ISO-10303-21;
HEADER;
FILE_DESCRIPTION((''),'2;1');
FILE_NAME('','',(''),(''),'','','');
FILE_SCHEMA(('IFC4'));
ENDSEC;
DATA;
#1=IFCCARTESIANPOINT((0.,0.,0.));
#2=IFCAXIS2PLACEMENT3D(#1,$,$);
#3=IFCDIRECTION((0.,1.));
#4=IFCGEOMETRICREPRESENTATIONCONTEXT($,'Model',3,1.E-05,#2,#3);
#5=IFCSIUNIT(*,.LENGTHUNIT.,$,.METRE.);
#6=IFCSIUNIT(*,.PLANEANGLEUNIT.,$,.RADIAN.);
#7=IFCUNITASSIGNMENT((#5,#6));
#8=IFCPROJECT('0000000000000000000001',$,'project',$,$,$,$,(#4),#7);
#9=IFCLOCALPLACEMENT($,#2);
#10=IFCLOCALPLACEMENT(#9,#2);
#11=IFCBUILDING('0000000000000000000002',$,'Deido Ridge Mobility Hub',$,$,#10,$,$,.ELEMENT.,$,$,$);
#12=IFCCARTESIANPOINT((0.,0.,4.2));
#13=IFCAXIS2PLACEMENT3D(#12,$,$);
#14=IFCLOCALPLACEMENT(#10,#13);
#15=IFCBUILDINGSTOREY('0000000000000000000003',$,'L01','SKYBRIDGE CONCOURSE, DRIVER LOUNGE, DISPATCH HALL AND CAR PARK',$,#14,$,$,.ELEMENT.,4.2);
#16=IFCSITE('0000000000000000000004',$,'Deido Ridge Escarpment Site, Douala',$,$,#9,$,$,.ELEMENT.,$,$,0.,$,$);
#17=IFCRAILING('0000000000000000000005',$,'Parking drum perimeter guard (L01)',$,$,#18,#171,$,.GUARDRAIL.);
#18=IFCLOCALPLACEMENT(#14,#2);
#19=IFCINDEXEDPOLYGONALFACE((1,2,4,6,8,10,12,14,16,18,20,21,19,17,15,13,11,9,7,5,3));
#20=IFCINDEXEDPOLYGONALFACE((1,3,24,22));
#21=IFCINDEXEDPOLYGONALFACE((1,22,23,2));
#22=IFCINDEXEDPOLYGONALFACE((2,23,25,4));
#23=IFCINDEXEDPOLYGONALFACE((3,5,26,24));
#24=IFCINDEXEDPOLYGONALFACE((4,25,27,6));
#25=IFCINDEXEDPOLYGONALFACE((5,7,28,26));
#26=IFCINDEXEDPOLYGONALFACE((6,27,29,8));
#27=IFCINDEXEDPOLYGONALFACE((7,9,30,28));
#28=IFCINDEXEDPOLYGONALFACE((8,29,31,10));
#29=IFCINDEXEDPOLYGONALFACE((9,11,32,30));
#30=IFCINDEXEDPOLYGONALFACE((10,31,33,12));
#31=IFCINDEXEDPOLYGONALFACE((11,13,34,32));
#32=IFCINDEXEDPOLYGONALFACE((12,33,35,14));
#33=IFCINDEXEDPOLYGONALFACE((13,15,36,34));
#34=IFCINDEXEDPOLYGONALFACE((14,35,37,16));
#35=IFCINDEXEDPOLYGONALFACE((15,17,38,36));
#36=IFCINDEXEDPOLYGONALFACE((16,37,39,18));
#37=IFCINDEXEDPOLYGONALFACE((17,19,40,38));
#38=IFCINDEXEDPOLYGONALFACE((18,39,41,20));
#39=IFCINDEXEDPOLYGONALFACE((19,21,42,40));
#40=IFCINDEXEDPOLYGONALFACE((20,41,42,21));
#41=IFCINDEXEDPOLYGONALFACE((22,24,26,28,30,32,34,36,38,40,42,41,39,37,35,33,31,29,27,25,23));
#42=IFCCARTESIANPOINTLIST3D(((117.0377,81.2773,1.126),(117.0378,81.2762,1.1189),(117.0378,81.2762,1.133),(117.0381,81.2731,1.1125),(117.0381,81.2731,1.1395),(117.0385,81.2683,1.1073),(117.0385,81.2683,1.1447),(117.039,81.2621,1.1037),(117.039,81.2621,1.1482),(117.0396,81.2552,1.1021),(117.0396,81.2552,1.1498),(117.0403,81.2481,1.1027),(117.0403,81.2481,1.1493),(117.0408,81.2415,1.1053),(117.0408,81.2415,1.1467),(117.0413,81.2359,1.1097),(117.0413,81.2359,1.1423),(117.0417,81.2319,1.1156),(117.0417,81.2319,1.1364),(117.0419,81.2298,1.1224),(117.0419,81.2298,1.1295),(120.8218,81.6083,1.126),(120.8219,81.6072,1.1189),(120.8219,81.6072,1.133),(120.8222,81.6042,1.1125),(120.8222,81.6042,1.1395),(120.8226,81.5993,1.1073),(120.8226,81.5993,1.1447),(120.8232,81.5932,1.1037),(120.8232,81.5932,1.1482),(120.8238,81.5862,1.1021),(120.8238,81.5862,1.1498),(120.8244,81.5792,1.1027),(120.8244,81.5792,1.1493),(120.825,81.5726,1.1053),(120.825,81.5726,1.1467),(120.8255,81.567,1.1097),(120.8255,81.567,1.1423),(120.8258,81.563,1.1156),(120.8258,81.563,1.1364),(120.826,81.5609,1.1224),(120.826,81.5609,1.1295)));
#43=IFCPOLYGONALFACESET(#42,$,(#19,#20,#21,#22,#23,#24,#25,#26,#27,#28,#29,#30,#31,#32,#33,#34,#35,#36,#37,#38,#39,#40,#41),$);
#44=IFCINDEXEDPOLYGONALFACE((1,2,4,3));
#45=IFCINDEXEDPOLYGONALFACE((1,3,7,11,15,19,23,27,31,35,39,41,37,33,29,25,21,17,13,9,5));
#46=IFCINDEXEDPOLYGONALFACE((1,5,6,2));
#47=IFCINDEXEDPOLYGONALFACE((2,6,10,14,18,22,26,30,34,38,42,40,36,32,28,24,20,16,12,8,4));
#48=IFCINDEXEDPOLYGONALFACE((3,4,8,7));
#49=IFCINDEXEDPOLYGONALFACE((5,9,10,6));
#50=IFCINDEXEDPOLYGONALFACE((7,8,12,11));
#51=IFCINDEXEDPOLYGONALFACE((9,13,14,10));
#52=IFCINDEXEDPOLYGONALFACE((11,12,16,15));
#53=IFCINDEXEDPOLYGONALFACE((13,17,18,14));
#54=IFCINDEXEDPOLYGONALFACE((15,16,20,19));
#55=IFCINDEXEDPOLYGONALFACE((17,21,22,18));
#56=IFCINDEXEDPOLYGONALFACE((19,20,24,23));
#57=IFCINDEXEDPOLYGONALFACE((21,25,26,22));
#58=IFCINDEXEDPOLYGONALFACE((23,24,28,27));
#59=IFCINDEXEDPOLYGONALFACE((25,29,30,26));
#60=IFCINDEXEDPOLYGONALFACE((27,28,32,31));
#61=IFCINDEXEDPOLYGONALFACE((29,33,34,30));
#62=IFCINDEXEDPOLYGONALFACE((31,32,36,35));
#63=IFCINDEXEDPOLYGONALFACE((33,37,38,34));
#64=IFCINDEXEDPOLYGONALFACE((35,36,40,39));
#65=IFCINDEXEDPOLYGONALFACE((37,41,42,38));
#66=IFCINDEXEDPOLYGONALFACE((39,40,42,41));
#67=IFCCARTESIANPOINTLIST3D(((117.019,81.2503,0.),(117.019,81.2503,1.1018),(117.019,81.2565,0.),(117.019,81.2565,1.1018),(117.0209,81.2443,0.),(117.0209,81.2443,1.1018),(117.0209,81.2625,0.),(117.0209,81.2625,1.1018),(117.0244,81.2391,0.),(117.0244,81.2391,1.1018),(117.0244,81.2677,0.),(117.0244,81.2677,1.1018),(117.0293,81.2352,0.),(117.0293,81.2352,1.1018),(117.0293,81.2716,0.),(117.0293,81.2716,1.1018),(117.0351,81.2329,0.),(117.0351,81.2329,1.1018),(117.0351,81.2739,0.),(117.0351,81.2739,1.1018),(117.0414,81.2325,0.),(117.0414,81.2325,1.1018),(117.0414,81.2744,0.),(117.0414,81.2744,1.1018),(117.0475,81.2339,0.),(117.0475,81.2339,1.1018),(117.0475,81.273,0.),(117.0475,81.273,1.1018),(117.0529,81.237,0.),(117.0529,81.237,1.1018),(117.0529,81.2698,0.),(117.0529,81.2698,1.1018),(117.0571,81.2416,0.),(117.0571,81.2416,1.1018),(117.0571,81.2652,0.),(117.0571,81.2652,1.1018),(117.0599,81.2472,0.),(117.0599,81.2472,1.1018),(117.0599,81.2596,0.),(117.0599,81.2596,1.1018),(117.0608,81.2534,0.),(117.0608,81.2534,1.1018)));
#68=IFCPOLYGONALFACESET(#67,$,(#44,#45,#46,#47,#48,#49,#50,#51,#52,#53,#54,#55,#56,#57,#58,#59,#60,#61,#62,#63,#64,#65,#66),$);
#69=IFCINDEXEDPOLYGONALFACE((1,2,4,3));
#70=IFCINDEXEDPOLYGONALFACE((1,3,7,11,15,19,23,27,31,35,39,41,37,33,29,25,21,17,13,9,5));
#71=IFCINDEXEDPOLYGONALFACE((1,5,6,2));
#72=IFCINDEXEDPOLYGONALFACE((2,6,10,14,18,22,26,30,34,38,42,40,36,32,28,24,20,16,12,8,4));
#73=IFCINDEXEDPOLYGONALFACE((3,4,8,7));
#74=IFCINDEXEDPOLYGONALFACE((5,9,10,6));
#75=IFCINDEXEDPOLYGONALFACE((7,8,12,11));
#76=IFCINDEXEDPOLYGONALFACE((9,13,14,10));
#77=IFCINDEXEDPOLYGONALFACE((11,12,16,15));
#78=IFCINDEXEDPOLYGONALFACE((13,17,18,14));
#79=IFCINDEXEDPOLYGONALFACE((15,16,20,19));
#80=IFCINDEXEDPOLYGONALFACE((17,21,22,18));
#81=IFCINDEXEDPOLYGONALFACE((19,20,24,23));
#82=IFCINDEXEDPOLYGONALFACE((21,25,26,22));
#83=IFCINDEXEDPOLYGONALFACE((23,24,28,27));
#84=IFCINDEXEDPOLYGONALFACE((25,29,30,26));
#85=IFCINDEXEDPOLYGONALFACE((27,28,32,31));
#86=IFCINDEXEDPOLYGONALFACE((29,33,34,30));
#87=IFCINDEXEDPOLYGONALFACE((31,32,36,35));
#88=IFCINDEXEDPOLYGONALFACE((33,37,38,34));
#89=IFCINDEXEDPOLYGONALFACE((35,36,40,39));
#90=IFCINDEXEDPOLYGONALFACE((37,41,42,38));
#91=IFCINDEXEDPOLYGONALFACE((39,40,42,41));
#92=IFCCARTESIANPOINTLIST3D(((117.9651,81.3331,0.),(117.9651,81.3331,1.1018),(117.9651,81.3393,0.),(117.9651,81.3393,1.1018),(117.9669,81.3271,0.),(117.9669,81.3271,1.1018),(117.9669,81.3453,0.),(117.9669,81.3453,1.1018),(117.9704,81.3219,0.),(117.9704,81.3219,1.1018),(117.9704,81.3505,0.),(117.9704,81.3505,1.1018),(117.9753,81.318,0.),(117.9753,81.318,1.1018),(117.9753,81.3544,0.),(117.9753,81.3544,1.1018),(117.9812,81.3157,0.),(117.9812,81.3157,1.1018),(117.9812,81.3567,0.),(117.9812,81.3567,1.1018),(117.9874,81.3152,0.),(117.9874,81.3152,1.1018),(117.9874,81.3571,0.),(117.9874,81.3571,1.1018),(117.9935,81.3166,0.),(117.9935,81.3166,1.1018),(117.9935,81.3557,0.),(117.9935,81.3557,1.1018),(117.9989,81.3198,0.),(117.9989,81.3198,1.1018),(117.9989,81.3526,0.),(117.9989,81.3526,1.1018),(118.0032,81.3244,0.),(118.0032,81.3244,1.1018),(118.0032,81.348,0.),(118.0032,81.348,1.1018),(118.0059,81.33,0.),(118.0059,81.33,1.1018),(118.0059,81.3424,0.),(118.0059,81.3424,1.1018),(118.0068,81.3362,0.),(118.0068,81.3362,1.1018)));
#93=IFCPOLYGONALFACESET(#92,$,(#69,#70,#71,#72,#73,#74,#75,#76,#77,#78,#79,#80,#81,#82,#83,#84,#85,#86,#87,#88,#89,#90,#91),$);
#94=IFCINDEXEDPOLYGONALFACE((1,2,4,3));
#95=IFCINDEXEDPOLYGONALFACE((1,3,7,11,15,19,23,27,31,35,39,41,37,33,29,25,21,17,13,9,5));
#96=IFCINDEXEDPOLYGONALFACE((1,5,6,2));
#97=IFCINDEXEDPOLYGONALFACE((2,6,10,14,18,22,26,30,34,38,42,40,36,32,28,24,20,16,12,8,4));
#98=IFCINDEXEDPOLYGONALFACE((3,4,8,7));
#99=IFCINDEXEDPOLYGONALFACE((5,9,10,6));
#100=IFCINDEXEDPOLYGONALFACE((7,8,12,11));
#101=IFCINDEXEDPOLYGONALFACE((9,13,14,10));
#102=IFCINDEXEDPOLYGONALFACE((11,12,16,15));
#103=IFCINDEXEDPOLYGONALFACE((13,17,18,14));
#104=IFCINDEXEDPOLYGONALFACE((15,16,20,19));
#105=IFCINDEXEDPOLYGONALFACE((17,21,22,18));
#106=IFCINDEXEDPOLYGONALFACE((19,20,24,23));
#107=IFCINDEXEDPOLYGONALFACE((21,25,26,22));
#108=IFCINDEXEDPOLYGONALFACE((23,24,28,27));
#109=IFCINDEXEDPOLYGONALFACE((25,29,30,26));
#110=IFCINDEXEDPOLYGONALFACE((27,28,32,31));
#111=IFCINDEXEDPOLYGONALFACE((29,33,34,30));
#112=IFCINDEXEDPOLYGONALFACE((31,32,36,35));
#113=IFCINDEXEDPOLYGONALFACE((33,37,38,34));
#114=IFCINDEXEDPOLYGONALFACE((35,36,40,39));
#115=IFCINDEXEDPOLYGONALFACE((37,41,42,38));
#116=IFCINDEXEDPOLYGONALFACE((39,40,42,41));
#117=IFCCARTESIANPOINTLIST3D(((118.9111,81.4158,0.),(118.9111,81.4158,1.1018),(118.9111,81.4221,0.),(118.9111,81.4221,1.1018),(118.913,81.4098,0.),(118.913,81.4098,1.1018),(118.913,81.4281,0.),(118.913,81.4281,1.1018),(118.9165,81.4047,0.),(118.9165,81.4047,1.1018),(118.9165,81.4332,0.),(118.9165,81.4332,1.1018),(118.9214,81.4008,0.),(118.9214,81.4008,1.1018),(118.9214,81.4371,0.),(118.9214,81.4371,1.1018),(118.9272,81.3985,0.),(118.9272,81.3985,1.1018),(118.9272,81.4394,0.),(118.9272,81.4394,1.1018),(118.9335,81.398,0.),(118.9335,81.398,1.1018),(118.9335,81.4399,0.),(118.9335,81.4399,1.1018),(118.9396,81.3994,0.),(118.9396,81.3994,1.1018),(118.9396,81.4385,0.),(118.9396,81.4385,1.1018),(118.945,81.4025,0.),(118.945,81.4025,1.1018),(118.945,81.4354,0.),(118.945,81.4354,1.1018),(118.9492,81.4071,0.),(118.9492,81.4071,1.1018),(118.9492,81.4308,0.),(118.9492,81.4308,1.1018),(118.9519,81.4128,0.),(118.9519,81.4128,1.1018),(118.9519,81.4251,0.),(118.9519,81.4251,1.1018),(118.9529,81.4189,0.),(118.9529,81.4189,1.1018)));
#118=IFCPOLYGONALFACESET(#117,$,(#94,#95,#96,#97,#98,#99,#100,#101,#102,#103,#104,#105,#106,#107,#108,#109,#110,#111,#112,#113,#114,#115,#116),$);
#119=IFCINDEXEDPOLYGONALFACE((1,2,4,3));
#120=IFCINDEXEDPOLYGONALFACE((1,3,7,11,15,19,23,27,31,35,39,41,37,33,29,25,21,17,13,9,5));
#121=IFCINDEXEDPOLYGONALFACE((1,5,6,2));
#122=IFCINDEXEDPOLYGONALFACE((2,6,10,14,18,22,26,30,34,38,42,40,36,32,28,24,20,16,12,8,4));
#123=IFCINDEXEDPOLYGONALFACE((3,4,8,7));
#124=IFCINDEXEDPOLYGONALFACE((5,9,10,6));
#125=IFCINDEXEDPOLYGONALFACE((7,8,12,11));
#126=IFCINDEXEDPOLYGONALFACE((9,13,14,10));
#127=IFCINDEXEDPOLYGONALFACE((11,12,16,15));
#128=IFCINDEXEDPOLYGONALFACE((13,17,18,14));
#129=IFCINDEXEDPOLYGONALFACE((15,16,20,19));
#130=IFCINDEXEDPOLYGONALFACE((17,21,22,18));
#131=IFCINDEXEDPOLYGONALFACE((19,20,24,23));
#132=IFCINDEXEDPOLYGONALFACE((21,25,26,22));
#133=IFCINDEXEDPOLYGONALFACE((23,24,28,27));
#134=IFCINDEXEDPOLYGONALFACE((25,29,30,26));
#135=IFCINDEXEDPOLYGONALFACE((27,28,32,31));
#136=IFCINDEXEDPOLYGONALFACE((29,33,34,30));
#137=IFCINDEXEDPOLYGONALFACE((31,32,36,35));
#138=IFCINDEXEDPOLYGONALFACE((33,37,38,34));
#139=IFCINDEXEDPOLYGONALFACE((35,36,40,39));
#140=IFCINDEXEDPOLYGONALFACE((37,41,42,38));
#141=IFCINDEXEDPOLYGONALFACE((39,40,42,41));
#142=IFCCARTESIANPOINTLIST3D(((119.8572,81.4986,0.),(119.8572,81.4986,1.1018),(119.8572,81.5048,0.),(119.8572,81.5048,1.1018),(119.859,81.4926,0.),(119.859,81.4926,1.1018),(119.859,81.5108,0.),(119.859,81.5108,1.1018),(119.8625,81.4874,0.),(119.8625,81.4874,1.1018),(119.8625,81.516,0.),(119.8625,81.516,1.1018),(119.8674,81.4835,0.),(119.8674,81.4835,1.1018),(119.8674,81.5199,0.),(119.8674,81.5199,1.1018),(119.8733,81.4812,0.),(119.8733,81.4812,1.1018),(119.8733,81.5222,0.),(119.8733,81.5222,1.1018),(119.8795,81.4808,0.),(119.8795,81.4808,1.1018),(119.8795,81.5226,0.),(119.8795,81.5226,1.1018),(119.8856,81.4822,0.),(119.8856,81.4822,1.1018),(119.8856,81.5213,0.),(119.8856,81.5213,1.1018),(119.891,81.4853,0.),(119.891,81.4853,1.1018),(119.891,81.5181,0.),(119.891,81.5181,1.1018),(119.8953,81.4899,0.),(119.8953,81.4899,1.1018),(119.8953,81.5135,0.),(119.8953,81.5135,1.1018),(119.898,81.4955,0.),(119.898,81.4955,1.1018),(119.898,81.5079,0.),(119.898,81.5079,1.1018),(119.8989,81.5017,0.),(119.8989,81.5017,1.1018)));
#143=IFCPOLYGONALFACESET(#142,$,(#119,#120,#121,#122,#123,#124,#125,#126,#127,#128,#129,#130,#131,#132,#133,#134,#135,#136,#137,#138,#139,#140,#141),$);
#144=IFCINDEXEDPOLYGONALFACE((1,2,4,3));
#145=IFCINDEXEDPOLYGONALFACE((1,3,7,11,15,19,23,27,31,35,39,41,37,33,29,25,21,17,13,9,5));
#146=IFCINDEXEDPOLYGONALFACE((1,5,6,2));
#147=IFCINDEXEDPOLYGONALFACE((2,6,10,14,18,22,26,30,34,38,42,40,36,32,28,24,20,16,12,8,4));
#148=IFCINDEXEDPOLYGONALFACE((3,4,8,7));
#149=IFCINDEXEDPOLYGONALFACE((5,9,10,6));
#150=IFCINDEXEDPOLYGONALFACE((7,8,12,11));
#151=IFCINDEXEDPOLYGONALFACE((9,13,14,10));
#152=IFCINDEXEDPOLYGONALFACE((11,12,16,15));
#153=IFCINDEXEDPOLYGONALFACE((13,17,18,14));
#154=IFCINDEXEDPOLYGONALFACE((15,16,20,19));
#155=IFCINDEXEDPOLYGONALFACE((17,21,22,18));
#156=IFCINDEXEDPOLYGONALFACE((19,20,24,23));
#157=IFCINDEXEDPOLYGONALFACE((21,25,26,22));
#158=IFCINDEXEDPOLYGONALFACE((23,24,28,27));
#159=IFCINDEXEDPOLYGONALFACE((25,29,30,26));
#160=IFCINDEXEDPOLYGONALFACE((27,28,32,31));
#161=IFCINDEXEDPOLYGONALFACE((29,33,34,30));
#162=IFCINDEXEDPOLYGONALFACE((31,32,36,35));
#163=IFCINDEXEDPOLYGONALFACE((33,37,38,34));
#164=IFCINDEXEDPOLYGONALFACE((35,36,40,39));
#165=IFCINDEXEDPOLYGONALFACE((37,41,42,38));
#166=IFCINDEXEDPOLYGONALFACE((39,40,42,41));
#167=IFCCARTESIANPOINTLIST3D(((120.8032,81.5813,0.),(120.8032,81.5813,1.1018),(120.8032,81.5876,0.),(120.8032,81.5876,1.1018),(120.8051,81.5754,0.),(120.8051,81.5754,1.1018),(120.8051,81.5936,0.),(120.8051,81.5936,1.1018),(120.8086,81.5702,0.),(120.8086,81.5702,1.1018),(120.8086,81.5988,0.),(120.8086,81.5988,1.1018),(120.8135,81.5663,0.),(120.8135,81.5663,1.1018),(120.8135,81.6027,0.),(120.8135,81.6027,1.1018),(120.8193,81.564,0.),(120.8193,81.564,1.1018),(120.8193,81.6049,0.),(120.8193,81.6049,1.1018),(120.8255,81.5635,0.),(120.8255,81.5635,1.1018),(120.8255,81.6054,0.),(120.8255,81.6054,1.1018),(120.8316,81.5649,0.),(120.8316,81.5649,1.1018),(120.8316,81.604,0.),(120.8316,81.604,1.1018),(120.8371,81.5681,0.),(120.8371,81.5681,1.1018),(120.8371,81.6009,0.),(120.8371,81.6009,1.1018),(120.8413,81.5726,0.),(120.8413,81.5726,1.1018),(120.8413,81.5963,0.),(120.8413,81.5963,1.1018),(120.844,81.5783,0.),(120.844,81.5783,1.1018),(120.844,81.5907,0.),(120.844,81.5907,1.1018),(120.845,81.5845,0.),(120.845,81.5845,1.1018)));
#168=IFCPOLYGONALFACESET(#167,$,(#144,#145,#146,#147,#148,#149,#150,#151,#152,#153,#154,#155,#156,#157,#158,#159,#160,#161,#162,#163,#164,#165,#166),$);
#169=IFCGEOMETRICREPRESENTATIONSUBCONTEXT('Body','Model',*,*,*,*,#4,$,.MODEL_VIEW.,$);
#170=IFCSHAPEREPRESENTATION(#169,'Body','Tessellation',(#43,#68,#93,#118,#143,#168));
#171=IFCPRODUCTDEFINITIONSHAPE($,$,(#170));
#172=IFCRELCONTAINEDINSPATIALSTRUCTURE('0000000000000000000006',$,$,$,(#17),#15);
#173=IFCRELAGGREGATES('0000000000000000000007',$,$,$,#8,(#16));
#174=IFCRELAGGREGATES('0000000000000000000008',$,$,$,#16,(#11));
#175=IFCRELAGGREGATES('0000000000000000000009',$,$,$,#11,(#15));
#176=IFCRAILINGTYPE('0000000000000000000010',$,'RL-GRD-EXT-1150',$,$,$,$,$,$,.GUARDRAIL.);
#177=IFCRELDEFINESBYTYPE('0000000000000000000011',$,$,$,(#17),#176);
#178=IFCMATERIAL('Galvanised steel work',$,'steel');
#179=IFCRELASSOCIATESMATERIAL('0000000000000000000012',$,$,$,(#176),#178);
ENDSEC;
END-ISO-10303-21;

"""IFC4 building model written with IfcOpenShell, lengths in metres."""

from ifc_helpers import new_model, si_unit, direction, frame, origin, origin_2d, place, context, subcontext, project, spatial, circle, extrude, material, type_object, element, save


model = new_model("IFC4")

# Units and contexts
model_context = context("Model", 3, precision=1e-05, world=origin(), true_north=direction((0.0, 1.0)))
body_context = subcontext(model_context, "Body", "Model", "MODEL_VIEW")
ifc_project = project(units=[si_unit("LENGTHUNIT", "METRE"), si_unit("PLANEANGLEUNIT", "RADIAN")], contexts=[model_context])

# Site, building, storey
site_placement = place(None, origin())
site = spatial("IfcSite", under=ifc_project, at=site_placement, Name="Deido Ridge Escarpment Site, Douala", CompositionType="ELEMENT", RefElevation=0.0)
building_placement = place(site_placement, origin())
building = spatial("IfcBuilding", under=site, at=building_placement, Name="Deido Ridge Mobility Hub", CompositionType="ELEMENT")
storey_placement = place(building_placement, frame((0.0, 0.0, 4.2)))
storey = spatial("IfcBuildingStorey", under=building, at=storey_placement, Name="L01", Description="SKYBRIDGE CONCOURSE, DRIVER LOUNGE, DISPATCH HALL AND CAR PARK", CompositionType="ELEMENT", Elevation=4.2)

# Railing
ifc_material_1 = material(Name="Galvanised steel work", Category="steel")
railing_type = type_object("IfcRailingType", Name="RL-GRD-EXT-1150", PredefinedType="GUARDRAIL", material=ifc_material_1)
railing_1_placement = place(storey_placement, frame((117.0398, 81.2534, 0.0)))
element("IfcRailing", 1, at=railing_1_placement, inside=storey, type_object=railing_type, Name="Parking drum perimeter guard (L01)", PredefinedType="GUARDRAIL", context=body_context, shape_type="SweptSolid", body=[
    extrude(circle(Radius=0.0239, at=origin_2d()), frame((0.0, 0.0, 1.126), z_axis=(0.996195, 0.087151, 0.0), x_axis=(-0.087151, 0.996195, 0.0)), (0.0, 0.0, 1.0), 3.7986),
    extrude(circle(Radius=0.021, at=origin_2d()), origin(), (0.0, 0.0, 1.0), 1.1018),
    extrude(circle(Radius=0.021, at=origin_2d()), frame((0.946, 0.0828, 0.0)), (0.0, 0.0, 1.0), 1.1018),
    extrude(circle(Radius=0.021, at=origin_2d()), frame((1.8921, 0.1655, 0.0)), (0.0, 0.0, 1.0), 1.1018),
    extrude(circle(Radius=0.021, at=origin_2d()), frame((2.8381, 0.2483, 0.0)), (0.0, 0.0, 1.0), 1.1018),
    extrude(circle(Radius=0.021, at=origin_2d()), frame((3.7842, 0.3311, 0.0)), (0.0, 0.0, 1.0), 1.1018),
])

save(model, "model.ifc")
